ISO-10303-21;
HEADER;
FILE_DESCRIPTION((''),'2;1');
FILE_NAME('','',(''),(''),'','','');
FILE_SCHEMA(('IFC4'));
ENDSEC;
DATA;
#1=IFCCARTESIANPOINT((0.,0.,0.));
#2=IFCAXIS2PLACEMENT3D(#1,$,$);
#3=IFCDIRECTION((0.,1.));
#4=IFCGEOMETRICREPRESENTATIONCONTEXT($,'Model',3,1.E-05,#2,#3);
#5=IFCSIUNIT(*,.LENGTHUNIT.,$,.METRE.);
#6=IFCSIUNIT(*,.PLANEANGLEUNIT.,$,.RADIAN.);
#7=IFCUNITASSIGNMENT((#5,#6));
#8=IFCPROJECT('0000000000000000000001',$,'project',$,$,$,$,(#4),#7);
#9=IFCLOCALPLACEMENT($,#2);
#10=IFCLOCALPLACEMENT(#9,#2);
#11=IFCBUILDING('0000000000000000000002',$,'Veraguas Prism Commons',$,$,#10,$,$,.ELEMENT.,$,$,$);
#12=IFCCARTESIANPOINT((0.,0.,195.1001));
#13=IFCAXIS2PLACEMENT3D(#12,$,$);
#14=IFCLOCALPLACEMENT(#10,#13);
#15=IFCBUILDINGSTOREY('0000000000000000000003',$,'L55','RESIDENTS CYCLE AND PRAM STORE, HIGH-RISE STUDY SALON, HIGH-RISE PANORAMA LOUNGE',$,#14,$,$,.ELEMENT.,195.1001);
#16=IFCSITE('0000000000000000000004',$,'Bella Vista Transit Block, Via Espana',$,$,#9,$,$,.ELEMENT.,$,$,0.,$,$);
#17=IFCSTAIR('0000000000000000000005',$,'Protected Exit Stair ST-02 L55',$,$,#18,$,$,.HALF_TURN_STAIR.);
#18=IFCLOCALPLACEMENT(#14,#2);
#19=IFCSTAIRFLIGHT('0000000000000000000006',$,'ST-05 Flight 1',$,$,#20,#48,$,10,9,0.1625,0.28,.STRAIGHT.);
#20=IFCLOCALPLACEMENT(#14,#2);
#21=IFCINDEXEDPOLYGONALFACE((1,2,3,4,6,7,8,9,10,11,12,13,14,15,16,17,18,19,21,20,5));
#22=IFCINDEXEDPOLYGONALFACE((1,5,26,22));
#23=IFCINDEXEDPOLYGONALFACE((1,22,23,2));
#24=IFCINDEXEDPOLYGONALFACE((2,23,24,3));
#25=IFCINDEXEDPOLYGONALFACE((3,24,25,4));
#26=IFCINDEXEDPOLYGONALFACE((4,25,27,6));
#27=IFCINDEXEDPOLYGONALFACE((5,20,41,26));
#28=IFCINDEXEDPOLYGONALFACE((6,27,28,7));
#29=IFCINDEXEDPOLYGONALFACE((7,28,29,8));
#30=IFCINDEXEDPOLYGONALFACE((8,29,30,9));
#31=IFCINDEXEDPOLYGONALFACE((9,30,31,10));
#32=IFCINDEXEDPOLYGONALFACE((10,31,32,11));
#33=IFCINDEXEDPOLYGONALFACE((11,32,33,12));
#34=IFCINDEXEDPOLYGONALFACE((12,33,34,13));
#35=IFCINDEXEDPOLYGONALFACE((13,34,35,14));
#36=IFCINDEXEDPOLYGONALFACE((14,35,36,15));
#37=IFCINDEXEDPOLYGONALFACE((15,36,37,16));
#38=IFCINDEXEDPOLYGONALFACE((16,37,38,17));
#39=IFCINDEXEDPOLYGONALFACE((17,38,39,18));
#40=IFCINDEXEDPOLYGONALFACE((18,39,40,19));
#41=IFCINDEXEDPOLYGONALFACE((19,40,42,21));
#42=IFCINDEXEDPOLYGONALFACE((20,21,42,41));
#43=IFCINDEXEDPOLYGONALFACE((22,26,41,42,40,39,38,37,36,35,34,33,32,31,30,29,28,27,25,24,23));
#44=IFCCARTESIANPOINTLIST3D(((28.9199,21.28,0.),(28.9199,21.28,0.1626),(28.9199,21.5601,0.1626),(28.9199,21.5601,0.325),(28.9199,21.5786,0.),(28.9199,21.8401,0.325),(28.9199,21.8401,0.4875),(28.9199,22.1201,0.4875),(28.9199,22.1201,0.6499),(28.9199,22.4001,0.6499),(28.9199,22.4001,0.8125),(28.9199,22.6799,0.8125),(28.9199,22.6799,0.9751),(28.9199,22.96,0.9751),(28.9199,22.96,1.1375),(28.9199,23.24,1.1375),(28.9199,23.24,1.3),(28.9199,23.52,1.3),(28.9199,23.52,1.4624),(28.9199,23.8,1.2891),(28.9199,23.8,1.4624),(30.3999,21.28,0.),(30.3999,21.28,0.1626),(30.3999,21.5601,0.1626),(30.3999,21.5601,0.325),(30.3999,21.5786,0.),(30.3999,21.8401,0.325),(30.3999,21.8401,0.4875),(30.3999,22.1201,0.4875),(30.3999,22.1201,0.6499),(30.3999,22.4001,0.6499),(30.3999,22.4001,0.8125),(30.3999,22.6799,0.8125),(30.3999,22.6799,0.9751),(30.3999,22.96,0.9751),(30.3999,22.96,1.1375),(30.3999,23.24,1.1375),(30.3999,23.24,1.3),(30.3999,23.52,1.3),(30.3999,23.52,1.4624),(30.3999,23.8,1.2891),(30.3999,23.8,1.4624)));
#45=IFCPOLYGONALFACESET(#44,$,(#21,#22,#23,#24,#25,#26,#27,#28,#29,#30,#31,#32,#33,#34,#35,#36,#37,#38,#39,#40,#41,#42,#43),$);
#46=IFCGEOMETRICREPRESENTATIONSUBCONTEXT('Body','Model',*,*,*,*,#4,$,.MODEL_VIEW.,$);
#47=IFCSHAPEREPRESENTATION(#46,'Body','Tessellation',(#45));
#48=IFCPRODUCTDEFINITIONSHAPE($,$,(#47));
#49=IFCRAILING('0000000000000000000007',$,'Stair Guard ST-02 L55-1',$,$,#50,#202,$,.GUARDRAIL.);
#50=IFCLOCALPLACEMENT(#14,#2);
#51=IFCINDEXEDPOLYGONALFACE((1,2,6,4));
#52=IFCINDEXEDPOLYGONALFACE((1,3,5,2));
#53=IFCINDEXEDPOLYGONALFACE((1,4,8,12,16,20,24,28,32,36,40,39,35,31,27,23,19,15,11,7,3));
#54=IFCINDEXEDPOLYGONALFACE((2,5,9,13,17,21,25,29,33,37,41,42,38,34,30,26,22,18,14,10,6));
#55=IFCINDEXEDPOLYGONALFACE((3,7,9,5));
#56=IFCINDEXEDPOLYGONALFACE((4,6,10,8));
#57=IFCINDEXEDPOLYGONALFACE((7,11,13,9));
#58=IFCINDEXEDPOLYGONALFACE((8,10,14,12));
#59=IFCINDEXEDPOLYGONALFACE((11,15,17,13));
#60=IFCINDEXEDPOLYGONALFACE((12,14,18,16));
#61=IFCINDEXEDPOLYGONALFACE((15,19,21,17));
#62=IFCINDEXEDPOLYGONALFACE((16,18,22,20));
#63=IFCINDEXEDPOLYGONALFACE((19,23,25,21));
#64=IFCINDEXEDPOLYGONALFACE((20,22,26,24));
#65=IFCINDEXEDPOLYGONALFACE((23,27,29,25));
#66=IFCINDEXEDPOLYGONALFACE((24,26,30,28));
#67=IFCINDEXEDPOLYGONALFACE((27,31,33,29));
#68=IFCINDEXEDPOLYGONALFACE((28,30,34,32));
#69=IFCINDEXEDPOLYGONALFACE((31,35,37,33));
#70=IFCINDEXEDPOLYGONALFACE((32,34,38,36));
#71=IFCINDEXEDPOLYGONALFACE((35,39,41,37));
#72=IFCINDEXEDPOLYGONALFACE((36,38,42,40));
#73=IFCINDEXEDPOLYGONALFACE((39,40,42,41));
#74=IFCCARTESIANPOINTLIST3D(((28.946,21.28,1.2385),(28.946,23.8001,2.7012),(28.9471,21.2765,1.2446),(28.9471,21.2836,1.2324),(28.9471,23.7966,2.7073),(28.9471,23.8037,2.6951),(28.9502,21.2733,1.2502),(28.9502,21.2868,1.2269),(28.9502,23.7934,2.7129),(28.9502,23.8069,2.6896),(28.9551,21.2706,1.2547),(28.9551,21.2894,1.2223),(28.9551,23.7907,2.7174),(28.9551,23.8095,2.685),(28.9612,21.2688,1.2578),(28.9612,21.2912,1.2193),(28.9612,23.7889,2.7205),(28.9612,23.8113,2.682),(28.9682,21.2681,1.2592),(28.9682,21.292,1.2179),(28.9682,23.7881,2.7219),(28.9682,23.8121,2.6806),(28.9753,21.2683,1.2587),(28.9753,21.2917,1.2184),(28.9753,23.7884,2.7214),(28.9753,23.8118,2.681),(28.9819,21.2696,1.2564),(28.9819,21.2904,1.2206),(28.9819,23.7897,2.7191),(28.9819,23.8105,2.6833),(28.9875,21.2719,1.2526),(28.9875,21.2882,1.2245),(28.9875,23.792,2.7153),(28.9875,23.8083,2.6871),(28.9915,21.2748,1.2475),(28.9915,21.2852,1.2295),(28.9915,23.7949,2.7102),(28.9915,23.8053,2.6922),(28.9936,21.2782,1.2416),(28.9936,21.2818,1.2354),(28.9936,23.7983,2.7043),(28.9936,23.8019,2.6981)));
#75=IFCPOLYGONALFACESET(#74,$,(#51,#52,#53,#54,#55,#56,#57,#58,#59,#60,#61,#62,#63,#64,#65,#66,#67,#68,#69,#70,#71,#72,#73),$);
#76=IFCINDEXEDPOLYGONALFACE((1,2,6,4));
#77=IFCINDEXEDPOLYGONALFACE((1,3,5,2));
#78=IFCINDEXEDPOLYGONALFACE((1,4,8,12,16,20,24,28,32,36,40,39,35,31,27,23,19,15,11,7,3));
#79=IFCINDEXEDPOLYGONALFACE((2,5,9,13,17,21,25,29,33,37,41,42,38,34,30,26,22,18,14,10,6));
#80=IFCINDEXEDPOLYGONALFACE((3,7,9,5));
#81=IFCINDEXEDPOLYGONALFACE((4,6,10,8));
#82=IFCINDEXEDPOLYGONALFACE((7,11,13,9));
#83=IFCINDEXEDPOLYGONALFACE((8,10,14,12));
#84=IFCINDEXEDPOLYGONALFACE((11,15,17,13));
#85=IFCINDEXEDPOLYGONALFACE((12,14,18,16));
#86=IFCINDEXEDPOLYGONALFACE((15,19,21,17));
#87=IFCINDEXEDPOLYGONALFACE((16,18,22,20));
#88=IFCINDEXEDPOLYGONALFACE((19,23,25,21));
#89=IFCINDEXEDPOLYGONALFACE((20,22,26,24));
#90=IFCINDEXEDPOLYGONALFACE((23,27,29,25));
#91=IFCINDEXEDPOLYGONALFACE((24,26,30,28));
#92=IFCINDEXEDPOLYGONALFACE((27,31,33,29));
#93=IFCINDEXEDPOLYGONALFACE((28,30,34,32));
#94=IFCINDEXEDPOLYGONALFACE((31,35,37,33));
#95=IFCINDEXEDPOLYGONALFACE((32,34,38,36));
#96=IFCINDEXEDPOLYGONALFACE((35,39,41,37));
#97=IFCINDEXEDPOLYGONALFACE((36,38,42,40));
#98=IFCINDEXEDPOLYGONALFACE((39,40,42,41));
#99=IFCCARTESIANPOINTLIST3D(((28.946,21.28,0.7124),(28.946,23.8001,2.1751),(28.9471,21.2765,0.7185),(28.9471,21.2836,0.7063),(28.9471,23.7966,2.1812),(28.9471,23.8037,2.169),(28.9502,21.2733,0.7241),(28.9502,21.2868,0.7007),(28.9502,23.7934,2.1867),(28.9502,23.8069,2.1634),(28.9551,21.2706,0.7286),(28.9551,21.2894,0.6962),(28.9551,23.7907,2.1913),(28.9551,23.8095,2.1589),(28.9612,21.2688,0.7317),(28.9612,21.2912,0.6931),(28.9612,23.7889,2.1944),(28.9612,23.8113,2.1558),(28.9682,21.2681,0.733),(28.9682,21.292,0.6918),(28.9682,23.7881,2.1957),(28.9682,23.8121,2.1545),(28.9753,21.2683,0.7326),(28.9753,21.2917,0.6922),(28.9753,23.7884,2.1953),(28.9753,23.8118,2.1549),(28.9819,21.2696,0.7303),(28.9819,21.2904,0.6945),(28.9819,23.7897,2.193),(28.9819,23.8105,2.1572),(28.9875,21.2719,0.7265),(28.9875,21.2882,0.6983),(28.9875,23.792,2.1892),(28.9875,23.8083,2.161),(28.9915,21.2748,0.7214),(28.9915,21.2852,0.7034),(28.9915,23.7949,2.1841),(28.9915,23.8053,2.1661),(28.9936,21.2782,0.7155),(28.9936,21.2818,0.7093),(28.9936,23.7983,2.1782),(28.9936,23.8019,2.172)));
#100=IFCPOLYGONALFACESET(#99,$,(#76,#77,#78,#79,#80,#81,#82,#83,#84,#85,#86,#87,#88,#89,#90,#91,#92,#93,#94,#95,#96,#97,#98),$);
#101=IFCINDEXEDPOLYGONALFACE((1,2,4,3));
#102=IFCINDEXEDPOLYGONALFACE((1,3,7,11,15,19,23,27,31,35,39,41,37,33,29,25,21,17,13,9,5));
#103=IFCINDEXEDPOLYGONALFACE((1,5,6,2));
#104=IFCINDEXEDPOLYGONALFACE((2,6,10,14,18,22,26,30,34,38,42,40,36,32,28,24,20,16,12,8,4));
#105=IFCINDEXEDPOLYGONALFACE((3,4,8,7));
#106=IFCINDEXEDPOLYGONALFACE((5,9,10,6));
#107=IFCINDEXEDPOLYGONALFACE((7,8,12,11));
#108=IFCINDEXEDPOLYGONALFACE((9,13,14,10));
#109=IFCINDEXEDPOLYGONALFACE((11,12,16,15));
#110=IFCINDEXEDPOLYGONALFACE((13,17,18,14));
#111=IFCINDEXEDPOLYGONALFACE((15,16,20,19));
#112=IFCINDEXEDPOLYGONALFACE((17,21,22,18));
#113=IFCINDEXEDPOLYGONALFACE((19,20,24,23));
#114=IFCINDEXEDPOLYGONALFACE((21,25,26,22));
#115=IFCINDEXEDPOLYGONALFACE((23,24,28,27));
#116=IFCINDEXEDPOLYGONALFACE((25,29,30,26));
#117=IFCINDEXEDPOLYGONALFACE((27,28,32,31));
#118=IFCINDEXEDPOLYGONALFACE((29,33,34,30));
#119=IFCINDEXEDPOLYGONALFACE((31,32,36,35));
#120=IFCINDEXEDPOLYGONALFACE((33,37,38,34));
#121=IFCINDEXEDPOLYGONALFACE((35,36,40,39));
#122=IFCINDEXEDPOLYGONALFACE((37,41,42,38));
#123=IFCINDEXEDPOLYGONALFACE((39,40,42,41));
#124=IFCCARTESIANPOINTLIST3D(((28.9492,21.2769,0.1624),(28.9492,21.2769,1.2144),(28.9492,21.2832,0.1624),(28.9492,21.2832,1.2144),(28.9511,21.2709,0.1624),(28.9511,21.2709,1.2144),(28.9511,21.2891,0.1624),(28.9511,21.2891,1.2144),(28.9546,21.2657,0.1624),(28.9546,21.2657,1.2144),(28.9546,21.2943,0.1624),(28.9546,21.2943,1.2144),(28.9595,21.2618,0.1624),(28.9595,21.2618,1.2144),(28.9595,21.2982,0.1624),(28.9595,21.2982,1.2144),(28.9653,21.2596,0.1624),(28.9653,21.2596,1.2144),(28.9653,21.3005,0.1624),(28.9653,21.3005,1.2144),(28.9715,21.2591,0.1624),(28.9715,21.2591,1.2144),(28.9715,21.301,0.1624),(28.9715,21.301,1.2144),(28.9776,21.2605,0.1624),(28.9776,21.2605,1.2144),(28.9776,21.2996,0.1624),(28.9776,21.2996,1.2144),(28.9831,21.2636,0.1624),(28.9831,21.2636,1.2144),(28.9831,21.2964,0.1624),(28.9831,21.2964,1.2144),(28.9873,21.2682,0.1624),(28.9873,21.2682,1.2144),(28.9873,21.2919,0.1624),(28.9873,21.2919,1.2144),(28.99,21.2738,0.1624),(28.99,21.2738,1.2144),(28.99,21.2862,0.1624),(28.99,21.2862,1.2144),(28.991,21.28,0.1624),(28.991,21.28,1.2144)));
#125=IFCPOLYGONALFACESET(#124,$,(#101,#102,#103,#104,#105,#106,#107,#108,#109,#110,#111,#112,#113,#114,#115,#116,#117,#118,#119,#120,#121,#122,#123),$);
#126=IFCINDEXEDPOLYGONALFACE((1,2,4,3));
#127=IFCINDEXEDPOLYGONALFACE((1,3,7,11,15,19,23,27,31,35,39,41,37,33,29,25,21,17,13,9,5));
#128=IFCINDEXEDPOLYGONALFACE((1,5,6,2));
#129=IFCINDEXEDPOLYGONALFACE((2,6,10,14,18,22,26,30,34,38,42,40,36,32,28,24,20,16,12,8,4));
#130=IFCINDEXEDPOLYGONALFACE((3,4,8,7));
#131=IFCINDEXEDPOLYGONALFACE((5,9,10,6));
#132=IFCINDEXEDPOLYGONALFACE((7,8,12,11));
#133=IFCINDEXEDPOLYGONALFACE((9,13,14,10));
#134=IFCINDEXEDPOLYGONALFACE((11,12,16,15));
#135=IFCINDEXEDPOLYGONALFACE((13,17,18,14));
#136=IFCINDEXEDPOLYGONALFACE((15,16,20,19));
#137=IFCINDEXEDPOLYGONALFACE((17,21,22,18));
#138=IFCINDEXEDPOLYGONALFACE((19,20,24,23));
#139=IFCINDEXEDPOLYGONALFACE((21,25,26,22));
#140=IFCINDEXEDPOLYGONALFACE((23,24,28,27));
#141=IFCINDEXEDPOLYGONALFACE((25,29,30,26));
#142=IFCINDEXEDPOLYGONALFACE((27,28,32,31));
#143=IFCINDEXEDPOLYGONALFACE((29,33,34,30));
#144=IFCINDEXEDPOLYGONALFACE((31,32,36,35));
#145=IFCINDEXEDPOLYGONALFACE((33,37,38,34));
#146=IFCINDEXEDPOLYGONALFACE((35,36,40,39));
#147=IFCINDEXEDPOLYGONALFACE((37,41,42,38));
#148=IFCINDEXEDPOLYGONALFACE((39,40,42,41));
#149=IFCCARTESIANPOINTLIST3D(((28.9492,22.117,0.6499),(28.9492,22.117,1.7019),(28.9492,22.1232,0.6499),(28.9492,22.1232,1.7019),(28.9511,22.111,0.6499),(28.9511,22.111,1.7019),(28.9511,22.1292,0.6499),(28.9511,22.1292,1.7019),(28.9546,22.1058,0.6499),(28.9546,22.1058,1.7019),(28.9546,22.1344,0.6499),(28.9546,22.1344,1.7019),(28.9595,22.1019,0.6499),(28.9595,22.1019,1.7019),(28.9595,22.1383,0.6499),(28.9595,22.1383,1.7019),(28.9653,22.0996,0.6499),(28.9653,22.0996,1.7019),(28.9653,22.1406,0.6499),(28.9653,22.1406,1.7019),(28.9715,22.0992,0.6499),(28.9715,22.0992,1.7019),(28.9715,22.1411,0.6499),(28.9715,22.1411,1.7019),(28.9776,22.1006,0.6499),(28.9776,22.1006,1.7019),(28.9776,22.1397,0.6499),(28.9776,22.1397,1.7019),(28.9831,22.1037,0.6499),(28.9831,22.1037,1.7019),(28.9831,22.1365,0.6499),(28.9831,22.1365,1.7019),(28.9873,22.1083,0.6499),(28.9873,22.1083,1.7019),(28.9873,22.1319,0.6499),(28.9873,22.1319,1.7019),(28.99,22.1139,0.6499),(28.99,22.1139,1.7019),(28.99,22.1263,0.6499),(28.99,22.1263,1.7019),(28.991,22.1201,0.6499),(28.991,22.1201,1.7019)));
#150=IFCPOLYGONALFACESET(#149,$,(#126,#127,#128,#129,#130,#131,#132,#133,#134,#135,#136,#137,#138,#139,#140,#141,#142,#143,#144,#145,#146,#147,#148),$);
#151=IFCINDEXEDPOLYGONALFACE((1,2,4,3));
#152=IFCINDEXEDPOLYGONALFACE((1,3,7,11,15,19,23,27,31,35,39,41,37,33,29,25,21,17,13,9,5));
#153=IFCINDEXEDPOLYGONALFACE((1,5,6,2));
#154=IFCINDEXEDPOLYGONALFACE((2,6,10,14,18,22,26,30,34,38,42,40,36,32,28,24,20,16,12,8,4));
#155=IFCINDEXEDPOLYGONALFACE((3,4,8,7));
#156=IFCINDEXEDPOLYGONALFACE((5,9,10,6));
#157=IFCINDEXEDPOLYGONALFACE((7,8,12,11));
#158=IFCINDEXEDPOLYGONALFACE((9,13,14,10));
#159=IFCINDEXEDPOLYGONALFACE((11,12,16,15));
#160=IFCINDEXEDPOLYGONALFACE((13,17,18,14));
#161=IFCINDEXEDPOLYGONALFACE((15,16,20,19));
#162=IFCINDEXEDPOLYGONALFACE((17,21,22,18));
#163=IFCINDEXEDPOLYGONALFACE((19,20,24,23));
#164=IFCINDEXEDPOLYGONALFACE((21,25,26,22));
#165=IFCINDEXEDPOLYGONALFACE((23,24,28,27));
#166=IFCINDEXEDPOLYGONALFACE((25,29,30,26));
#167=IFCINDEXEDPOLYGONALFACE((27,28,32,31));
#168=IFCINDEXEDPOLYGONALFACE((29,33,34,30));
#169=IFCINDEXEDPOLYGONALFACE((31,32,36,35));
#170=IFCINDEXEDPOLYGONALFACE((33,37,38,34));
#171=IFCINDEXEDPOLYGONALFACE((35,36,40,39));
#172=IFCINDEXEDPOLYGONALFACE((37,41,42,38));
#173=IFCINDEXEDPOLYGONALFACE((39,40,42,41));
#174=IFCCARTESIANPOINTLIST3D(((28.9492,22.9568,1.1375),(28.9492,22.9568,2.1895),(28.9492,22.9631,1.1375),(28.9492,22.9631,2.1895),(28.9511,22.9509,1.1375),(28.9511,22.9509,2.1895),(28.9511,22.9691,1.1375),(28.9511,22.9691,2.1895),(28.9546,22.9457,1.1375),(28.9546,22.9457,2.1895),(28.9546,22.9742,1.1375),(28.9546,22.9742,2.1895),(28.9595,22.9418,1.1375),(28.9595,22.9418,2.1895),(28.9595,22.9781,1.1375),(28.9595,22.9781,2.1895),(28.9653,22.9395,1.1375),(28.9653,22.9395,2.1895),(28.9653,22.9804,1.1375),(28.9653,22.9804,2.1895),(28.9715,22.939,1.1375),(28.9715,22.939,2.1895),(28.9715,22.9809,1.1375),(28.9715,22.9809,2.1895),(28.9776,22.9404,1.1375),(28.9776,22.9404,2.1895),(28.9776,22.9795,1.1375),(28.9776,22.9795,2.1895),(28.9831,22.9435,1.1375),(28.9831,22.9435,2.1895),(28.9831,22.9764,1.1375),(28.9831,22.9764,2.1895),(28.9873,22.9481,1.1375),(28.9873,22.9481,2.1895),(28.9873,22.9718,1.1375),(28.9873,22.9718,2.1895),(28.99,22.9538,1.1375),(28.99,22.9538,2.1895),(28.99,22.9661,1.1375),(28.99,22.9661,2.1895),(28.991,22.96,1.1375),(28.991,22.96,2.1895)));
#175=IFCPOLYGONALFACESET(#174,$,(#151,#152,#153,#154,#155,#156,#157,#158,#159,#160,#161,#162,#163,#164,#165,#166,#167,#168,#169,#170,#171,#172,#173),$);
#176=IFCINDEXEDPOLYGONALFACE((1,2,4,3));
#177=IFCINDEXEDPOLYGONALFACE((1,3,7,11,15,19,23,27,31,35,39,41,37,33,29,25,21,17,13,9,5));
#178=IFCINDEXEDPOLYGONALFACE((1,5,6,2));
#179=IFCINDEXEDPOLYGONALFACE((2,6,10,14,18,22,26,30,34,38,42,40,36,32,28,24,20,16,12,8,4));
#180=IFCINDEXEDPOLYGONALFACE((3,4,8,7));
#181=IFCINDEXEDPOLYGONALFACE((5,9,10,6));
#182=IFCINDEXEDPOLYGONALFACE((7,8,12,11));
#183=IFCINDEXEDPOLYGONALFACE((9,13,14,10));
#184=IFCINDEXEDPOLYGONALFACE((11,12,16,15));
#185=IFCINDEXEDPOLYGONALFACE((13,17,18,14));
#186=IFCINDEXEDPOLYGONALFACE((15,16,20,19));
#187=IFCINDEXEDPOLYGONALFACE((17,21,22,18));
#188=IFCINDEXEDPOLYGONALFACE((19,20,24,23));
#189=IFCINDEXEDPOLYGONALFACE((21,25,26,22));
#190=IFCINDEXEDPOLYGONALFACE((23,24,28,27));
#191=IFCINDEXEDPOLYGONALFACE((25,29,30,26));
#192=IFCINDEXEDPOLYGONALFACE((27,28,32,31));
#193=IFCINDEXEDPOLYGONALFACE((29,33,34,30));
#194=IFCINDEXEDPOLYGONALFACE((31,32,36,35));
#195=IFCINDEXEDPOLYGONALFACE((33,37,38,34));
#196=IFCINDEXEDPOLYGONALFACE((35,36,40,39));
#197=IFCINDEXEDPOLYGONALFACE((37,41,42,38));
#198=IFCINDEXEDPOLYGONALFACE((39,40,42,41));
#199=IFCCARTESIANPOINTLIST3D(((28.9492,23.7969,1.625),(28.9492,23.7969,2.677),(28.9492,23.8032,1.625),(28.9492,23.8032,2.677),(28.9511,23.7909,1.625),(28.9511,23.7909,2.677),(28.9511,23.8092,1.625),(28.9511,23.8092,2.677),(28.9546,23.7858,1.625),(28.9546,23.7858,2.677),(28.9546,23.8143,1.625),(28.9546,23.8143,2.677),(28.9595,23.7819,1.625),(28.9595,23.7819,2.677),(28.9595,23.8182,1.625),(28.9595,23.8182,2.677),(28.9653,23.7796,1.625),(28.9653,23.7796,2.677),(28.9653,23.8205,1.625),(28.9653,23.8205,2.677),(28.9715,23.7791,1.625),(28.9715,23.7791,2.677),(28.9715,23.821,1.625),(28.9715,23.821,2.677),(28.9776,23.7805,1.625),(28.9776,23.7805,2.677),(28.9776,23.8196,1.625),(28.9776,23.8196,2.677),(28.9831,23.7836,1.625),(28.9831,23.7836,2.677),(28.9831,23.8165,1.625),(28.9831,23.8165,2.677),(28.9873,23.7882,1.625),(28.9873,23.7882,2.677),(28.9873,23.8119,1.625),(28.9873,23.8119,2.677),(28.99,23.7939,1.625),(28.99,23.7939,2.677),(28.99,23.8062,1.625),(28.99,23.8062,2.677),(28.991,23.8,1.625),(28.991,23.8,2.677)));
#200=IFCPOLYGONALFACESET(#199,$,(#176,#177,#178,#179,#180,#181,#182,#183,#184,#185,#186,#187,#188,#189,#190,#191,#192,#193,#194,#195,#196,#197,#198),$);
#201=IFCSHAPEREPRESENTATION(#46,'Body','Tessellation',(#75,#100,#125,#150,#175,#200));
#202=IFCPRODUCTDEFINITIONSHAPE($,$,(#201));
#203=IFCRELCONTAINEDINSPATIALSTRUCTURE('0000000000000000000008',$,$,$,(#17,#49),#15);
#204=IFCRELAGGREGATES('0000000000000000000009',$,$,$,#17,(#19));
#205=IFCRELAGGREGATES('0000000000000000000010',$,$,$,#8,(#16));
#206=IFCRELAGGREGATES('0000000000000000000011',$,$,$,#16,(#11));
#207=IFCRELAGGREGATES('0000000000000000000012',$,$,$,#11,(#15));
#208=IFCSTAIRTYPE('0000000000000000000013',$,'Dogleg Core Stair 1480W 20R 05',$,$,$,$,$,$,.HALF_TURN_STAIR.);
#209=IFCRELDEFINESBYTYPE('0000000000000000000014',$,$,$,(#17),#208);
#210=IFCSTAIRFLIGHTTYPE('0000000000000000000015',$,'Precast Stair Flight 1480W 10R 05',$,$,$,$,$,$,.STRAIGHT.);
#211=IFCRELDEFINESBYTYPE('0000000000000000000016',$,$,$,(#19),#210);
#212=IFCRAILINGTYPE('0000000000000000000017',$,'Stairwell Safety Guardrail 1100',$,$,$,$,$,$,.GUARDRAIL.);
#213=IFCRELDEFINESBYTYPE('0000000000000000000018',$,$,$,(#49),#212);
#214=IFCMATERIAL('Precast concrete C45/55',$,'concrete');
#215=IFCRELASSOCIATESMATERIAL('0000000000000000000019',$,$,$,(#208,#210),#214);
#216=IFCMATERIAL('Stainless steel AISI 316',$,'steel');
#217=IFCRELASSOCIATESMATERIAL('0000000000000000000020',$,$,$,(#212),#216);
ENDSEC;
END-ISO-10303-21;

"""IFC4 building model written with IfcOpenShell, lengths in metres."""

from ifc_helpers import new_model, si_unit, direction, frame, origin, origin_2d, place, context, subcontext, project, spatial, polyline, circle, outline, extrude, material, type_object, element, aggregate, save


model = new_model("IFC4")

# Units and contexts
model_context = context("Model", 3, precision=1e-05, world=origin(), true_north=direction((0.0, 1.0)))
body_context = subcontext(model_context, "Body", "Model", "MODEL_VIEW")
ifc_project = project(units=[si_unit("LENGTHUNIT", "METRE"), si_unit("PLANEANGLEUNIT", "RADIAN")], contexts=[model_context])

# Site, building, storey
site_placement = place(None, origin())
site = spatial("IfcSite", under=ifc_project, at=site_placement, Name="Bella Vista Transit Block, Via Espana", CompositionType="ELEMENT", RefElevation=0.0)
building_placement = place(site_placement, origin())
building = spatial("IfcBuilding", under=site, at=building_placement, Name="Veraguas Prism Commons", CompositionType="ELEMENT")
storey_placement = place(building_placement, frame((0.0, 0.0, 195.1001)))
storey = spatial("IfcBuildingStorey", under=building, at=storey_placement, Name="L55", Description="RESIDENTS CYCLE AND PRAM STORE, HIGH-RISE STUDY SALON, HIGH-RISE PANORAMA LOUNGE", CompositionType="ELEMENT", Elevation=195.1001)

# Shared definitions
ifc_material_1 = material(Name="Stainless steel AISI 316", Category="steel")

# Stair, stair flight
ifc_material_2 = material(Name="Precast concrete C45/55", Category="concrete")
stair_type = type_object("IfcStairType", Name="Dogleg Core Stair 1480W 20R 05", PredefinedType="HALF_TURN_STAIR", material=ifc_material_2)
stair_placement = place(storey_placement, origin())
stair = element("IfcStair", 1, at=stair_placement, inside=storey, type_object=stair_type, Name="Protected Exit Stair ST-02 L55", PredefinedType="HALF_TURN_STAIR")
stair_flight_type = type_object("IfcStairFlightType", Name="Precast Stair Flight 1480W 10R 05", PredefinedType="STRAIGHT", material=ifc_material_2)
stair_flight_placement = place(storey_placement, frame((29.6599, 21.28, 0.0), z_axis=(0.0, 0.0, 1.0), x_axis=(0.0, 1.0, 0.0)))
stair_flight = element("IfcStairFlight", 2, at=stair_flight_placement, type_object=stair_flight_type, Name="ST-05 Flight 1", NumberOfRisers=10, NumberOfTreads=9, PredefinedType="STRAIGHT", RiserHeight=0.1625, TreadLength=0.28, context=body_context, shape_type="SweptSolid", body=[
    extrude(outline(polyline([(0.0, 0.0), (0.0, 0.1626), (0.28, 0.1626), (0.28, 0.325), (0.5601, 0.325), (0.5601, 0.4875), (0.8401, 0.4875), (0.8401, 0.6499), (1.1201, 0.6499), (1.1201, 0.8125), (1.3999, 0.8125), (1.3999, 0.9751), (1.6799, 0.9751), (1.6799, 1.1375), (1.96, 1.1375), (1.96, 1.3), (2.24, 1.3), (2.24, 1.4624), (2.52, 1.4624), (2.52, 1.625), (2.52, 1.2891), (0.2986, 0.0), (0.0, 0.0)])), frame((0.0, 0.74, 0.0), z_axis=(0.0, -1.0, 0.0), x_axis=(1.0, 0.0, 0.0)), (0.0, 0.0, 1.0), 1.48),
])
aggregate(stair, [stair_flight])

# Railing
railing_type = type_object("IfcRailingType", Name="Stairwell Safety Guardrail 1100", PredefinedType="GUARDRAIL", material=ifc_material_1)
railing_1_placement = place(storey_placement, frame((28.97, 21.28, 0.1624)))
element("IfcRailing", 3, at=railing_1_placement, inside=storey, type_object=railing_type, Name="Stair Guard ST-02 L55-1", PredefinedType="GUARDRAIL", context=body_context, shape_type="SweptSolid", body=[
    extrude(circle(Radius=0.0239, at=origin_2d()), frame((0.0, 0.0, 1.0762), z_axis=(0.0, 0.864877, 0.501984), x_axis=(-1.0, 0.0, 0.0)), (0.0, 0.0, 1.0), 2.9138),
    extrude(circle(Radius=0.0239, at=origin_2d()), frame((0.0, 0.0, 0.55), z_axis=(0.0, 0.864877, 0.501984), x_axis=(-1.0, 0.0, 0.0)), (0.0, 0.0, 1.0), 2.9138),
    extrude(circle(Radius=0.021, at=origin_2d()), origin(), (0.0, 0.0, 1.0), 1.052),
    extrude(circle(Radius=0.021, at=origin_2d()), frame((0.0, 0.8401, 0.4875)), (0.0, 0.0, 1.0), 1.052),
    extrude(circle(Radius=0.021, at=origin_2d()), frame((0.0, 1.6799, 0.9751)), (0.0, 0.0, 1.0), 1.052),
    extrude(circle(Radius=0.021, at=origin_2d()), frame((0.0, 2.52, 1.4626)), (0.0, 0.0, 1.0), 1.052),
])

save(model, "model.ifc")
